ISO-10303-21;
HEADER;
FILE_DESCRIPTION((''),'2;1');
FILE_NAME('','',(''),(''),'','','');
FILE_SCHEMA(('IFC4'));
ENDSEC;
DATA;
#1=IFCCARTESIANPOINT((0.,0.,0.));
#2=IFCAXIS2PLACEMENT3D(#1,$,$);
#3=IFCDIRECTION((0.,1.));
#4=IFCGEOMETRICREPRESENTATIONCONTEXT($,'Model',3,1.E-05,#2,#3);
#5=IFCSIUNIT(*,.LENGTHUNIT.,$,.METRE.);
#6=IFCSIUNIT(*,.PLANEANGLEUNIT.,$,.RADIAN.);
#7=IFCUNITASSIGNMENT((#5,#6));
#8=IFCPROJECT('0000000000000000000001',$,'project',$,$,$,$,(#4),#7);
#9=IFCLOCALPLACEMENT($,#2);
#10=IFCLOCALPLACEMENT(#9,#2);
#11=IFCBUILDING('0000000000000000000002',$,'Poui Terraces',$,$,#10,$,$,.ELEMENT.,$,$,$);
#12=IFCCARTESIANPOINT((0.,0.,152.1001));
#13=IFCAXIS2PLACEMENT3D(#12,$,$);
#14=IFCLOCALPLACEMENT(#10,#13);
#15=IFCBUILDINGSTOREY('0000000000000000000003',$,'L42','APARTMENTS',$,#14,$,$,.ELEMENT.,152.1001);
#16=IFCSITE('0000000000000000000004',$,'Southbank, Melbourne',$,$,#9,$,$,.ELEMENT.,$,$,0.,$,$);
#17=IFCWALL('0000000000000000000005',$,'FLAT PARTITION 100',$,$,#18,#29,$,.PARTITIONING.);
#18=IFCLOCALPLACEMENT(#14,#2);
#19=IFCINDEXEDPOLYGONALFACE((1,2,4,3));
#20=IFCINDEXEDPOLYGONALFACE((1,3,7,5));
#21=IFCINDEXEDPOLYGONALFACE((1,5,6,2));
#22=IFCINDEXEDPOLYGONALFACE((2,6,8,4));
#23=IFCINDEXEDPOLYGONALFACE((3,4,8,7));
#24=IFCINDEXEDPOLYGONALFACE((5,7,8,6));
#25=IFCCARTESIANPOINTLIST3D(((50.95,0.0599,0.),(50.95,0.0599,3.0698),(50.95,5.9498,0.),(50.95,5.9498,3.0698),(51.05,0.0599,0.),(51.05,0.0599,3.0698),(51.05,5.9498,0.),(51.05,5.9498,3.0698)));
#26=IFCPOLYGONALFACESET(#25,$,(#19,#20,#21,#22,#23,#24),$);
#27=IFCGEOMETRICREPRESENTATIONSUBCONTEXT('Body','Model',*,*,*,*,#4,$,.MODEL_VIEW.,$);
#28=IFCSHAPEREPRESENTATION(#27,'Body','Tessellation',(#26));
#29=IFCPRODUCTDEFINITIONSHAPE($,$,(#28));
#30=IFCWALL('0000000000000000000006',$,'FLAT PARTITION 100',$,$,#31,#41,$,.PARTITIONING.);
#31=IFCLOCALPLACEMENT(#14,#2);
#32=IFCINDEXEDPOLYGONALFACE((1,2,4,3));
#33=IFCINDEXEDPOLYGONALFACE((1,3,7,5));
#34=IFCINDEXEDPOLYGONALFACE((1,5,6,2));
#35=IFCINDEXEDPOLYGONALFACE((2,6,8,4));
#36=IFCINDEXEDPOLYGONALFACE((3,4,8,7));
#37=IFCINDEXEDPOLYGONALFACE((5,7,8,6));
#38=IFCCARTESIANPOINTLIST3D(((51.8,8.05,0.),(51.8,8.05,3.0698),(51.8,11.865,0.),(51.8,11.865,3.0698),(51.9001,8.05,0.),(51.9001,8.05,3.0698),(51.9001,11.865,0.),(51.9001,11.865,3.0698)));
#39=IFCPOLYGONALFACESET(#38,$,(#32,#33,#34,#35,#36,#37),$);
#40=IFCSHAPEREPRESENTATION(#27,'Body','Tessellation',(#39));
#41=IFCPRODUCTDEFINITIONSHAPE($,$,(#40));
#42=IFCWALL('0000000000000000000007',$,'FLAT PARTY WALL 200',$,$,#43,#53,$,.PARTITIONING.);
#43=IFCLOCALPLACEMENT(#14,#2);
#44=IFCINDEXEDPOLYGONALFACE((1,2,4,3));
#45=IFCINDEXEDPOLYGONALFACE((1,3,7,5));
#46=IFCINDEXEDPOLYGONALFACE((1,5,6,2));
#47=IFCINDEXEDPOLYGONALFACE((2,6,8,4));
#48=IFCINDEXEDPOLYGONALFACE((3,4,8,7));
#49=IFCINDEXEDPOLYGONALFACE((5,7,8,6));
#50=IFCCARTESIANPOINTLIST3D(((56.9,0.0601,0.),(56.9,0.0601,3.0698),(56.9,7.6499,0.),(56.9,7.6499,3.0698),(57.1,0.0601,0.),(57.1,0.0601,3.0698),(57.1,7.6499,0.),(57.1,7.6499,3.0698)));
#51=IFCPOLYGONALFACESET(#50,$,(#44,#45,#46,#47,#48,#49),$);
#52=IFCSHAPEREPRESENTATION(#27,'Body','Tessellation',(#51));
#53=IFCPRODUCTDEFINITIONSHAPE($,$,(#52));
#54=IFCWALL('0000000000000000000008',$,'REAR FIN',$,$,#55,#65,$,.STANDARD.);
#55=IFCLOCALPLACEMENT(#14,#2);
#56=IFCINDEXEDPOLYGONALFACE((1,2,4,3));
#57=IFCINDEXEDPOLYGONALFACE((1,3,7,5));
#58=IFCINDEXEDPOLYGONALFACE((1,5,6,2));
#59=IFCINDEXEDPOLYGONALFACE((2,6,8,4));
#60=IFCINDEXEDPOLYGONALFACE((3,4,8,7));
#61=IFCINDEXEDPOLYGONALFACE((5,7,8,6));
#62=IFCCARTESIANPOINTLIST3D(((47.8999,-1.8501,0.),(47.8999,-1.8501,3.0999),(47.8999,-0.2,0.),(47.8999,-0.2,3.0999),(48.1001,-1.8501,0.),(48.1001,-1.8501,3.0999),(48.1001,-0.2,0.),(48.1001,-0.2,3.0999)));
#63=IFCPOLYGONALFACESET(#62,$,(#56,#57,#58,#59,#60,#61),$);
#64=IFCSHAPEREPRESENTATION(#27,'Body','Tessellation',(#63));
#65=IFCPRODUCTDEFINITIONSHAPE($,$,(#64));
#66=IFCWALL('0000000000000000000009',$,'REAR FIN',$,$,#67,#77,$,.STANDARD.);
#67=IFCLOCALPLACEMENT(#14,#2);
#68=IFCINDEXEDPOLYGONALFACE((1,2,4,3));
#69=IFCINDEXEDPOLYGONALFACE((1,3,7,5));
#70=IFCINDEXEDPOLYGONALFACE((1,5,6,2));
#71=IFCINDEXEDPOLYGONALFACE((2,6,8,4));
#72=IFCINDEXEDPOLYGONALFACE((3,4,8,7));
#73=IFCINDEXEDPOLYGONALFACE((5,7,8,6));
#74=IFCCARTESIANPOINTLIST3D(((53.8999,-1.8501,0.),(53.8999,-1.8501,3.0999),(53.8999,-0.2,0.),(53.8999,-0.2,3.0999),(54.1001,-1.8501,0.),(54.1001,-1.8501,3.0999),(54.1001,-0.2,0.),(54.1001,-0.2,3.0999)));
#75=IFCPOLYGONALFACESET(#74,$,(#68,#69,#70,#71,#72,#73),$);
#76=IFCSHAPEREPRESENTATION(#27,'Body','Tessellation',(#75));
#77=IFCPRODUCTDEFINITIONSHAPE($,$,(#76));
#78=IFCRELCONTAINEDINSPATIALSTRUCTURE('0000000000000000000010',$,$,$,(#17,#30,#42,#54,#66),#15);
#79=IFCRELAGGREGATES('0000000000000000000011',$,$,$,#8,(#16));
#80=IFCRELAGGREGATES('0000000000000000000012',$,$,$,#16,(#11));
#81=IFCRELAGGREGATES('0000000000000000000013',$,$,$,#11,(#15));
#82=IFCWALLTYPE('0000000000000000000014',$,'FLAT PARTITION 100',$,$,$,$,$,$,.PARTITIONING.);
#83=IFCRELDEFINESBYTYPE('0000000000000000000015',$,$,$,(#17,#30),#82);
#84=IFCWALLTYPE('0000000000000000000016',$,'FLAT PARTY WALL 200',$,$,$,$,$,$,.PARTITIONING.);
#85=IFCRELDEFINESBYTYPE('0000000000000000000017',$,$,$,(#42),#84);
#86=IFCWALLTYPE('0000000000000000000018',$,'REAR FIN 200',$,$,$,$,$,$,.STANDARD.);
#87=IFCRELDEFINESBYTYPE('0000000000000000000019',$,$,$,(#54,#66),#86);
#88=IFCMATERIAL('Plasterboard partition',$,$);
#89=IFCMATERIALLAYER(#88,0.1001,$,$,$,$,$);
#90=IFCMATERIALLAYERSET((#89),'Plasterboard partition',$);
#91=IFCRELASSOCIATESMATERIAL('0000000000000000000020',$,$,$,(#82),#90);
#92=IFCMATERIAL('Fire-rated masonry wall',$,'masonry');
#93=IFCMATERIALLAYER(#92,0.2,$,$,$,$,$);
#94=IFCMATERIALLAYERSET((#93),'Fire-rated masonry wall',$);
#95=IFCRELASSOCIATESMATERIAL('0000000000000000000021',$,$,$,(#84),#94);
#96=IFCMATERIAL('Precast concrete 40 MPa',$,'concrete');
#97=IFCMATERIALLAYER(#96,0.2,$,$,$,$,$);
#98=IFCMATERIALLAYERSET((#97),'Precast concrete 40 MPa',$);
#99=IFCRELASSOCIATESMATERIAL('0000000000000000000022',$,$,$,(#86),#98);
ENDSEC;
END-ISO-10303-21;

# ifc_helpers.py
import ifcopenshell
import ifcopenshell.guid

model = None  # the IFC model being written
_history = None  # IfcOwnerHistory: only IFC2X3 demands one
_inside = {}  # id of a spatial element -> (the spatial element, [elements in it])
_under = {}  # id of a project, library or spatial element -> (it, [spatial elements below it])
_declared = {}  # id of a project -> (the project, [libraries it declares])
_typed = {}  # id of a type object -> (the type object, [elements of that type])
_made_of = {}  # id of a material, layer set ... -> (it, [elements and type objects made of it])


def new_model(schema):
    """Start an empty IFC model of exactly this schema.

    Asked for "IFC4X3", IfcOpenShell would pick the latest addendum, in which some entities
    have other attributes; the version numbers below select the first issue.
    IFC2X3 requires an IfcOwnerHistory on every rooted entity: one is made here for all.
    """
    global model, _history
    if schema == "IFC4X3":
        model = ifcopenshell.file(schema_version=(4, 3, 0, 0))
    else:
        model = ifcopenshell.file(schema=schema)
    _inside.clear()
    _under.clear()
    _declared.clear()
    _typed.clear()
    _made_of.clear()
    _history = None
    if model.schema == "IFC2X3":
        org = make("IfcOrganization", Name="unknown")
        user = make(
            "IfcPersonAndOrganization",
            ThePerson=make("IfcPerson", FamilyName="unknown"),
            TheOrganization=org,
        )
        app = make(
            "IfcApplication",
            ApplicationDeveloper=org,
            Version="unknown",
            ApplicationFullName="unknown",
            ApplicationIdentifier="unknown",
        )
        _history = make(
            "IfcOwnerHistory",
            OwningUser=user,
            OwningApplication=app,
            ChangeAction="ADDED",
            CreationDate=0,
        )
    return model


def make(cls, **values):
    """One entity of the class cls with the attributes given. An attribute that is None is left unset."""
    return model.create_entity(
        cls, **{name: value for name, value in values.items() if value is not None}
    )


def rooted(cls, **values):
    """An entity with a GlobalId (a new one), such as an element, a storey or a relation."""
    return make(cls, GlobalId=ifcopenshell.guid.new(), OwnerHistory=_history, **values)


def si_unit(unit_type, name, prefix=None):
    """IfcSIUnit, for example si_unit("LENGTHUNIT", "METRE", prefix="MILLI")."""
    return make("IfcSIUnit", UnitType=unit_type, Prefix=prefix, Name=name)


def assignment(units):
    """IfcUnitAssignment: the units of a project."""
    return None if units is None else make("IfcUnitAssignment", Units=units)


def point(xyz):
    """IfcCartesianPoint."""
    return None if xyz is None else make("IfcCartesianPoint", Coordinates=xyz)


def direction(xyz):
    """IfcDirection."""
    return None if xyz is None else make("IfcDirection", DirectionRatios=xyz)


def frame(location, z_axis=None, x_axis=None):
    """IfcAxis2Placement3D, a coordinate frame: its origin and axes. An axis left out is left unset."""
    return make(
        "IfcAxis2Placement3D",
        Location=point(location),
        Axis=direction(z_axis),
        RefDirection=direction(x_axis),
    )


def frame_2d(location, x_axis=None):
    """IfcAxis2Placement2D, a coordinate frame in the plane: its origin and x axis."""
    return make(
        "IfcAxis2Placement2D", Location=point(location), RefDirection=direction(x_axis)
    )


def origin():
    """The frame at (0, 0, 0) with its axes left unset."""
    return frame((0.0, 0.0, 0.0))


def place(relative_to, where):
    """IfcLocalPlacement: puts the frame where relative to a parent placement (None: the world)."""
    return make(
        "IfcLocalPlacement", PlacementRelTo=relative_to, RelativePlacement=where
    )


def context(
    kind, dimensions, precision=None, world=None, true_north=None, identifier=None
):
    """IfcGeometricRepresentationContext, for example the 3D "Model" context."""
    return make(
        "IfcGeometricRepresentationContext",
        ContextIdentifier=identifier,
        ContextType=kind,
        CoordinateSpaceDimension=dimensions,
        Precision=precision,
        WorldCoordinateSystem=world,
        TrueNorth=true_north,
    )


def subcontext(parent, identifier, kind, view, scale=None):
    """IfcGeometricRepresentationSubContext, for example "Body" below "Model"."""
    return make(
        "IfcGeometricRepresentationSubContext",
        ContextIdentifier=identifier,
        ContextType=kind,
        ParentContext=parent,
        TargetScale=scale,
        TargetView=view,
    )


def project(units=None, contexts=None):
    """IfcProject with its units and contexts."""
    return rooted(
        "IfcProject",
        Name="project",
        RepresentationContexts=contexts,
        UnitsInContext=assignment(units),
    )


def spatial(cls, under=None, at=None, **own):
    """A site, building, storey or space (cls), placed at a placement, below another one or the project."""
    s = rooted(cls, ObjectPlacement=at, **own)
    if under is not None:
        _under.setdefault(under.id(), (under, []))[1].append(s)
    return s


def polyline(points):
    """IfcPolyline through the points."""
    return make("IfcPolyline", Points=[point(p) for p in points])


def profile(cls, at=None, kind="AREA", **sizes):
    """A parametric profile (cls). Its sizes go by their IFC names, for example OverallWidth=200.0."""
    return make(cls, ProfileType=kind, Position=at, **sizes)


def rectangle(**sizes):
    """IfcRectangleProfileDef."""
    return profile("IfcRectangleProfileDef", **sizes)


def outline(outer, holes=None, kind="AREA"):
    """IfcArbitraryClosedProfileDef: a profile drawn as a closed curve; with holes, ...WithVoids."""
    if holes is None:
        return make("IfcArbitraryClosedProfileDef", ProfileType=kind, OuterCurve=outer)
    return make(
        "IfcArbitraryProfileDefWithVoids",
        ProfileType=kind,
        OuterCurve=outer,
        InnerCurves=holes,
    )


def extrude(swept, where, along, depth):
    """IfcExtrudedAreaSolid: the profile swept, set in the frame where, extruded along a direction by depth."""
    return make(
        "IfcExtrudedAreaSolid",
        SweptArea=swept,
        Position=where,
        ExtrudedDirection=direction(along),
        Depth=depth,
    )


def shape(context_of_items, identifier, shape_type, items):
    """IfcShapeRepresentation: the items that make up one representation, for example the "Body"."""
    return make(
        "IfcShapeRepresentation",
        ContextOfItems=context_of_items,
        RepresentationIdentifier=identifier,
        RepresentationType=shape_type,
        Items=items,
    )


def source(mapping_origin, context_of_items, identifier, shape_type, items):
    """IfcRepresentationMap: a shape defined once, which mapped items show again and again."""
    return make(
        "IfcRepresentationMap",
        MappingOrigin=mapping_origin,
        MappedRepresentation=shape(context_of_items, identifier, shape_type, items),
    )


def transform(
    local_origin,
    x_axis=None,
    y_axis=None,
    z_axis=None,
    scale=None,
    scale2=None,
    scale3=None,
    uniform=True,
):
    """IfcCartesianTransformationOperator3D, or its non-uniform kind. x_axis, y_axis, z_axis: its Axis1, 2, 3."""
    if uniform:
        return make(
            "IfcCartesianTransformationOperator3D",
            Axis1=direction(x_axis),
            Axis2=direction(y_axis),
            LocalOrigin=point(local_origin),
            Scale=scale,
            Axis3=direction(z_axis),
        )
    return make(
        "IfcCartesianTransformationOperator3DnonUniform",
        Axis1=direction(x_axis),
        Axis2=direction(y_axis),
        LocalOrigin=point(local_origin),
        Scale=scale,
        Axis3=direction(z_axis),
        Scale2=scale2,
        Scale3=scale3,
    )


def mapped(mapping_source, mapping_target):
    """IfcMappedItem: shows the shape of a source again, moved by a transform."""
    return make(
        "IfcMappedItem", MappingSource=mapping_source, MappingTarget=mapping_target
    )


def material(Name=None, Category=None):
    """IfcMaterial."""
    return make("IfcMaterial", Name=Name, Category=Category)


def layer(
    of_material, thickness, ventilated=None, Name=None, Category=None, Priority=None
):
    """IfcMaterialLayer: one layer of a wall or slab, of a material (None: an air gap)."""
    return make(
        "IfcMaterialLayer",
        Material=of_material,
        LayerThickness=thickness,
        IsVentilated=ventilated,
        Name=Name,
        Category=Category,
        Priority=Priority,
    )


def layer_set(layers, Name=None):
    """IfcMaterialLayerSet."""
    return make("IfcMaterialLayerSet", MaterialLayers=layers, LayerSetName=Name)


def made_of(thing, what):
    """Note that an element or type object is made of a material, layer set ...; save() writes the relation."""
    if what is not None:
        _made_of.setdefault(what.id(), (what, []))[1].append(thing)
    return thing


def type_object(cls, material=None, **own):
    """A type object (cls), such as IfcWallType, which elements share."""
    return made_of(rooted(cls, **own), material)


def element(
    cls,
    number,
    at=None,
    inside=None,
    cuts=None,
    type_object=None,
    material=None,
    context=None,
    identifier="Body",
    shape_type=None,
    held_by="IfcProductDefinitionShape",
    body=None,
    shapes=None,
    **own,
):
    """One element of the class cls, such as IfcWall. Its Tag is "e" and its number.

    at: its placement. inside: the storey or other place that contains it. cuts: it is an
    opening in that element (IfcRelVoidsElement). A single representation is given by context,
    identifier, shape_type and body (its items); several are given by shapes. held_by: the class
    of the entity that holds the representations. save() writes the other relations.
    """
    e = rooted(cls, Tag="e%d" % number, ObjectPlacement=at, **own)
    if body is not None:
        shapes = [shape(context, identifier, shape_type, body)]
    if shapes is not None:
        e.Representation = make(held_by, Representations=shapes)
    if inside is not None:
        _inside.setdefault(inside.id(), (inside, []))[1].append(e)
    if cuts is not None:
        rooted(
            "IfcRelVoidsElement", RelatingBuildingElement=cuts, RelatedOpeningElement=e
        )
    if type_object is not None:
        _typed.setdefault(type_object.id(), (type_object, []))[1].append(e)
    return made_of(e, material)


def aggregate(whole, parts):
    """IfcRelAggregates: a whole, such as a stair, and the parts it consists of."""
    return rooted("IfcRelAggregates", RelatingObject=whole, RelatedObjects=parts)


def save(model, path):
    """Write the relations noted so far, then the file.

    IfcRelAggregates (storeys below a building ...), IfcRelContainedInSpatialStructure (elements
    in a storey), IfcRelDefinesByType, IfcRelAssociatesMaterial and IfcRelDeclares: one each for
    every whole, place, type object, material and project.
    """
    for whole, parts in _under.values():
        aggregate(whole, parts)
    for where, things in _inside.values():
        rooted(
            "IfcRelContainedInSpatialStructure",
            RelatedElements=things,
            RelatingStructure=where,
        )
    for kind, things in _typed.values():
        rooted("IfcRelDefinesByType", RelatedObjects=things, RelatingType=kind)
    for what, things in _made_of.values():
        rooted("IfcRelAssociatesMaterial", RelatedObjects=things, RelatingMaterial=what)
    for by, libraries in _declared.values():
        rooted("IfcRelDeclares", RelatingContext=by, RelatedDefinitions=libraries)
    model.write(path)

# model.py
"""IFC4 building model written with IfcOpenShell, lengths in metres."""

from ifc_helpers import new_model, si_unit, direction, frame, frame_2d, origin, place, context, subcontext, project, spatial, polyline, rectangle, outline, extrude, source, transform, mapped, material, layer, layer_set, type_object, element, save


model = new_model("IFC4")

# Units and contexts
model_context = context("Model", 3, precision=1e-05, world=origin(), true_north=direction((0.0, 1.0)))
body_context = subcontext(model_context, "Body", "Model", "MODEL_VIEW")
ifc_project = project(units=[si_unit("LENGTHUNIT", "METRE"), si_unit("PLANEANGLEUNIT", "RADIAN")], contexts=[model_context])

# Site, building, storey
site_placement = place(None, origin())
site = spatial("IfcSite", under=ifc_project, at=site_placement, Name="Southbank, Melbourne", CompositionType="ELEMENT", RefElevation=0.0)
building_placement = place(site_placement, origin())
building = spatial("IfcBuilding", under=site, at=building_placement, Name="Poui Terraces", CompositionType="ELEMENT")
storey_placement = place(building_placement, frame((0.0, 0.0, 152.1001)))
storey = spatial("IfcBuildingStorey", under=building, at=storey_placement, Name="L42", Description="APARTMENTS", CompositionType="ELEMENT", Elevation=152.1001)

# Shared definitions
ifc_material_1 = material(Name="Precast concrete 40 MPa", Category="concrete")

# Shared definitions
ifc_material_2 = material(Name="Plasterboard partition")
ifc_layer_1 = layer(ifc_material_2, 0.1001)
ifc_layer_set_1 = layer_set([ifc_layer_1], Name="Plasterboard partition")
wall_type_1 = type_object("IfcWallType", Name="FLAT PARTITION 100", PredefinedType="PARTITIONING", material=ifc_layer_set_1)

# Walls
wall_1_placement = place(storey_placement, frame((51.0, 0.0601, 0.0), z_axis=(0.0, 0.0, 1.0), x_axis=(0.0, 1.0, 0.0)))
element("IfcWall", 1, at=wall_1_placement, inside=storey, type_object=wall_type_1, Name="FLAT PARTITION 100", PredefinedType="PARTITIONING", context=body_context, shape_type="SweptSolid", body=[
    extrude(rectangle(XDim=5.8899, YDim=0.1001, at=frame_2d((2.9448, 0.0))), origin(), (0.0, 0.0, 1.0), 3.0698),
])
wall_2_placement = place(storey_placement, frame((51.8501, 8.05, 0.0), z_axis=(0.0, 0.0, 1.0), x_axis=(0.0, 1.0, 0.0)))
element("IfcWall", 2, at=wall_2_placement, inside=storey, type_object=wall_type_1, Name="FLAT PARTITION 100", PredefinedType="PARTITIONING", context=body_context, shape_type="SweptSolid", body=[
    extrude(rectangle(XDim=3.8149, YDim=0.1001, at=frame_2d((1.9075, 0.0))), origin(), (0.0, 0.0, 1.0), 3.0698),
])
ifc_material_3 = material(Name="Fire-rated masonry wall", Category="masonry")
ifc_layer_2 = layer(ifc_material_3, 0.2)
ifc_layer_set_2 = layer_set([ifc_layer_2], Name="Fire-rated masonry wall")
wall_type_2 = type_object("IfcWallType", Name="FLAT PARTY WALL 200", PredefinedType="PARTITIONING", material=ifc_layer_set_2)
wall_3_placement = place(storey_placement, frame((57.0, 0.0601, 0.0), z_axis=(0.0, 0.0, 1.0), x_axis=(0.0, 1.0, 0.0)))
element("IfcWall", 3, at=wall_3_placement, inside=storey, type_object=wall_type_2, Name="FLAT PARTY WALL 200", PredefinedType="PARTITIONING", context=body_context, shape_type="SweptSolid", body=[
    extrude(rectangle(XDim=7.5898, YDim=0.2, at=frame_2d((3.7949, 0.0))), origin(), (0.0, 0.0, 1.0), 3.0698),
])
ifc_layer_3 = layer(ifc_material_1, 0.2)
ifc_layer_set_3 = layer_set([ifc_layer_3], Name="Precast concrete 40 MPa")
wall_type_3 = type_object("IfcWallType", Name="REAR FIN 200", PredefinedType="STANDARD", material=ifc_layer_set_3)
shared_shape_1 = source(origin(), body_context, "Body", "SweptSolid", [
    extrude(outline(polyline([(0.0, 0.0), (0.2002, 0.0), (0.2002, 1.6501), (0.0, 1.6501), (0.0, 0.0)])), origin(), (0.0, 0.0, 1.0), 3.0999),
])
for number, where, name in (
    (4, (47.8999, -1.8501, 0.0), "REAR FIN"),
    (5, (53.8999, -1.8501, 0.0), "REAR FIN"),
):
    element("IfcWall", number, at=place(storey_placement, frame(where)), inside=storey, type_object=wall_type_3, Name=name, PredefinedType="STANDARD", context=body_context, shape_type="MappedRepresentation", body=[
        mapped(shared_shape_1, transform((0.0, 0.0, 0.0))),
    ])

save(model, "model.ifc")
